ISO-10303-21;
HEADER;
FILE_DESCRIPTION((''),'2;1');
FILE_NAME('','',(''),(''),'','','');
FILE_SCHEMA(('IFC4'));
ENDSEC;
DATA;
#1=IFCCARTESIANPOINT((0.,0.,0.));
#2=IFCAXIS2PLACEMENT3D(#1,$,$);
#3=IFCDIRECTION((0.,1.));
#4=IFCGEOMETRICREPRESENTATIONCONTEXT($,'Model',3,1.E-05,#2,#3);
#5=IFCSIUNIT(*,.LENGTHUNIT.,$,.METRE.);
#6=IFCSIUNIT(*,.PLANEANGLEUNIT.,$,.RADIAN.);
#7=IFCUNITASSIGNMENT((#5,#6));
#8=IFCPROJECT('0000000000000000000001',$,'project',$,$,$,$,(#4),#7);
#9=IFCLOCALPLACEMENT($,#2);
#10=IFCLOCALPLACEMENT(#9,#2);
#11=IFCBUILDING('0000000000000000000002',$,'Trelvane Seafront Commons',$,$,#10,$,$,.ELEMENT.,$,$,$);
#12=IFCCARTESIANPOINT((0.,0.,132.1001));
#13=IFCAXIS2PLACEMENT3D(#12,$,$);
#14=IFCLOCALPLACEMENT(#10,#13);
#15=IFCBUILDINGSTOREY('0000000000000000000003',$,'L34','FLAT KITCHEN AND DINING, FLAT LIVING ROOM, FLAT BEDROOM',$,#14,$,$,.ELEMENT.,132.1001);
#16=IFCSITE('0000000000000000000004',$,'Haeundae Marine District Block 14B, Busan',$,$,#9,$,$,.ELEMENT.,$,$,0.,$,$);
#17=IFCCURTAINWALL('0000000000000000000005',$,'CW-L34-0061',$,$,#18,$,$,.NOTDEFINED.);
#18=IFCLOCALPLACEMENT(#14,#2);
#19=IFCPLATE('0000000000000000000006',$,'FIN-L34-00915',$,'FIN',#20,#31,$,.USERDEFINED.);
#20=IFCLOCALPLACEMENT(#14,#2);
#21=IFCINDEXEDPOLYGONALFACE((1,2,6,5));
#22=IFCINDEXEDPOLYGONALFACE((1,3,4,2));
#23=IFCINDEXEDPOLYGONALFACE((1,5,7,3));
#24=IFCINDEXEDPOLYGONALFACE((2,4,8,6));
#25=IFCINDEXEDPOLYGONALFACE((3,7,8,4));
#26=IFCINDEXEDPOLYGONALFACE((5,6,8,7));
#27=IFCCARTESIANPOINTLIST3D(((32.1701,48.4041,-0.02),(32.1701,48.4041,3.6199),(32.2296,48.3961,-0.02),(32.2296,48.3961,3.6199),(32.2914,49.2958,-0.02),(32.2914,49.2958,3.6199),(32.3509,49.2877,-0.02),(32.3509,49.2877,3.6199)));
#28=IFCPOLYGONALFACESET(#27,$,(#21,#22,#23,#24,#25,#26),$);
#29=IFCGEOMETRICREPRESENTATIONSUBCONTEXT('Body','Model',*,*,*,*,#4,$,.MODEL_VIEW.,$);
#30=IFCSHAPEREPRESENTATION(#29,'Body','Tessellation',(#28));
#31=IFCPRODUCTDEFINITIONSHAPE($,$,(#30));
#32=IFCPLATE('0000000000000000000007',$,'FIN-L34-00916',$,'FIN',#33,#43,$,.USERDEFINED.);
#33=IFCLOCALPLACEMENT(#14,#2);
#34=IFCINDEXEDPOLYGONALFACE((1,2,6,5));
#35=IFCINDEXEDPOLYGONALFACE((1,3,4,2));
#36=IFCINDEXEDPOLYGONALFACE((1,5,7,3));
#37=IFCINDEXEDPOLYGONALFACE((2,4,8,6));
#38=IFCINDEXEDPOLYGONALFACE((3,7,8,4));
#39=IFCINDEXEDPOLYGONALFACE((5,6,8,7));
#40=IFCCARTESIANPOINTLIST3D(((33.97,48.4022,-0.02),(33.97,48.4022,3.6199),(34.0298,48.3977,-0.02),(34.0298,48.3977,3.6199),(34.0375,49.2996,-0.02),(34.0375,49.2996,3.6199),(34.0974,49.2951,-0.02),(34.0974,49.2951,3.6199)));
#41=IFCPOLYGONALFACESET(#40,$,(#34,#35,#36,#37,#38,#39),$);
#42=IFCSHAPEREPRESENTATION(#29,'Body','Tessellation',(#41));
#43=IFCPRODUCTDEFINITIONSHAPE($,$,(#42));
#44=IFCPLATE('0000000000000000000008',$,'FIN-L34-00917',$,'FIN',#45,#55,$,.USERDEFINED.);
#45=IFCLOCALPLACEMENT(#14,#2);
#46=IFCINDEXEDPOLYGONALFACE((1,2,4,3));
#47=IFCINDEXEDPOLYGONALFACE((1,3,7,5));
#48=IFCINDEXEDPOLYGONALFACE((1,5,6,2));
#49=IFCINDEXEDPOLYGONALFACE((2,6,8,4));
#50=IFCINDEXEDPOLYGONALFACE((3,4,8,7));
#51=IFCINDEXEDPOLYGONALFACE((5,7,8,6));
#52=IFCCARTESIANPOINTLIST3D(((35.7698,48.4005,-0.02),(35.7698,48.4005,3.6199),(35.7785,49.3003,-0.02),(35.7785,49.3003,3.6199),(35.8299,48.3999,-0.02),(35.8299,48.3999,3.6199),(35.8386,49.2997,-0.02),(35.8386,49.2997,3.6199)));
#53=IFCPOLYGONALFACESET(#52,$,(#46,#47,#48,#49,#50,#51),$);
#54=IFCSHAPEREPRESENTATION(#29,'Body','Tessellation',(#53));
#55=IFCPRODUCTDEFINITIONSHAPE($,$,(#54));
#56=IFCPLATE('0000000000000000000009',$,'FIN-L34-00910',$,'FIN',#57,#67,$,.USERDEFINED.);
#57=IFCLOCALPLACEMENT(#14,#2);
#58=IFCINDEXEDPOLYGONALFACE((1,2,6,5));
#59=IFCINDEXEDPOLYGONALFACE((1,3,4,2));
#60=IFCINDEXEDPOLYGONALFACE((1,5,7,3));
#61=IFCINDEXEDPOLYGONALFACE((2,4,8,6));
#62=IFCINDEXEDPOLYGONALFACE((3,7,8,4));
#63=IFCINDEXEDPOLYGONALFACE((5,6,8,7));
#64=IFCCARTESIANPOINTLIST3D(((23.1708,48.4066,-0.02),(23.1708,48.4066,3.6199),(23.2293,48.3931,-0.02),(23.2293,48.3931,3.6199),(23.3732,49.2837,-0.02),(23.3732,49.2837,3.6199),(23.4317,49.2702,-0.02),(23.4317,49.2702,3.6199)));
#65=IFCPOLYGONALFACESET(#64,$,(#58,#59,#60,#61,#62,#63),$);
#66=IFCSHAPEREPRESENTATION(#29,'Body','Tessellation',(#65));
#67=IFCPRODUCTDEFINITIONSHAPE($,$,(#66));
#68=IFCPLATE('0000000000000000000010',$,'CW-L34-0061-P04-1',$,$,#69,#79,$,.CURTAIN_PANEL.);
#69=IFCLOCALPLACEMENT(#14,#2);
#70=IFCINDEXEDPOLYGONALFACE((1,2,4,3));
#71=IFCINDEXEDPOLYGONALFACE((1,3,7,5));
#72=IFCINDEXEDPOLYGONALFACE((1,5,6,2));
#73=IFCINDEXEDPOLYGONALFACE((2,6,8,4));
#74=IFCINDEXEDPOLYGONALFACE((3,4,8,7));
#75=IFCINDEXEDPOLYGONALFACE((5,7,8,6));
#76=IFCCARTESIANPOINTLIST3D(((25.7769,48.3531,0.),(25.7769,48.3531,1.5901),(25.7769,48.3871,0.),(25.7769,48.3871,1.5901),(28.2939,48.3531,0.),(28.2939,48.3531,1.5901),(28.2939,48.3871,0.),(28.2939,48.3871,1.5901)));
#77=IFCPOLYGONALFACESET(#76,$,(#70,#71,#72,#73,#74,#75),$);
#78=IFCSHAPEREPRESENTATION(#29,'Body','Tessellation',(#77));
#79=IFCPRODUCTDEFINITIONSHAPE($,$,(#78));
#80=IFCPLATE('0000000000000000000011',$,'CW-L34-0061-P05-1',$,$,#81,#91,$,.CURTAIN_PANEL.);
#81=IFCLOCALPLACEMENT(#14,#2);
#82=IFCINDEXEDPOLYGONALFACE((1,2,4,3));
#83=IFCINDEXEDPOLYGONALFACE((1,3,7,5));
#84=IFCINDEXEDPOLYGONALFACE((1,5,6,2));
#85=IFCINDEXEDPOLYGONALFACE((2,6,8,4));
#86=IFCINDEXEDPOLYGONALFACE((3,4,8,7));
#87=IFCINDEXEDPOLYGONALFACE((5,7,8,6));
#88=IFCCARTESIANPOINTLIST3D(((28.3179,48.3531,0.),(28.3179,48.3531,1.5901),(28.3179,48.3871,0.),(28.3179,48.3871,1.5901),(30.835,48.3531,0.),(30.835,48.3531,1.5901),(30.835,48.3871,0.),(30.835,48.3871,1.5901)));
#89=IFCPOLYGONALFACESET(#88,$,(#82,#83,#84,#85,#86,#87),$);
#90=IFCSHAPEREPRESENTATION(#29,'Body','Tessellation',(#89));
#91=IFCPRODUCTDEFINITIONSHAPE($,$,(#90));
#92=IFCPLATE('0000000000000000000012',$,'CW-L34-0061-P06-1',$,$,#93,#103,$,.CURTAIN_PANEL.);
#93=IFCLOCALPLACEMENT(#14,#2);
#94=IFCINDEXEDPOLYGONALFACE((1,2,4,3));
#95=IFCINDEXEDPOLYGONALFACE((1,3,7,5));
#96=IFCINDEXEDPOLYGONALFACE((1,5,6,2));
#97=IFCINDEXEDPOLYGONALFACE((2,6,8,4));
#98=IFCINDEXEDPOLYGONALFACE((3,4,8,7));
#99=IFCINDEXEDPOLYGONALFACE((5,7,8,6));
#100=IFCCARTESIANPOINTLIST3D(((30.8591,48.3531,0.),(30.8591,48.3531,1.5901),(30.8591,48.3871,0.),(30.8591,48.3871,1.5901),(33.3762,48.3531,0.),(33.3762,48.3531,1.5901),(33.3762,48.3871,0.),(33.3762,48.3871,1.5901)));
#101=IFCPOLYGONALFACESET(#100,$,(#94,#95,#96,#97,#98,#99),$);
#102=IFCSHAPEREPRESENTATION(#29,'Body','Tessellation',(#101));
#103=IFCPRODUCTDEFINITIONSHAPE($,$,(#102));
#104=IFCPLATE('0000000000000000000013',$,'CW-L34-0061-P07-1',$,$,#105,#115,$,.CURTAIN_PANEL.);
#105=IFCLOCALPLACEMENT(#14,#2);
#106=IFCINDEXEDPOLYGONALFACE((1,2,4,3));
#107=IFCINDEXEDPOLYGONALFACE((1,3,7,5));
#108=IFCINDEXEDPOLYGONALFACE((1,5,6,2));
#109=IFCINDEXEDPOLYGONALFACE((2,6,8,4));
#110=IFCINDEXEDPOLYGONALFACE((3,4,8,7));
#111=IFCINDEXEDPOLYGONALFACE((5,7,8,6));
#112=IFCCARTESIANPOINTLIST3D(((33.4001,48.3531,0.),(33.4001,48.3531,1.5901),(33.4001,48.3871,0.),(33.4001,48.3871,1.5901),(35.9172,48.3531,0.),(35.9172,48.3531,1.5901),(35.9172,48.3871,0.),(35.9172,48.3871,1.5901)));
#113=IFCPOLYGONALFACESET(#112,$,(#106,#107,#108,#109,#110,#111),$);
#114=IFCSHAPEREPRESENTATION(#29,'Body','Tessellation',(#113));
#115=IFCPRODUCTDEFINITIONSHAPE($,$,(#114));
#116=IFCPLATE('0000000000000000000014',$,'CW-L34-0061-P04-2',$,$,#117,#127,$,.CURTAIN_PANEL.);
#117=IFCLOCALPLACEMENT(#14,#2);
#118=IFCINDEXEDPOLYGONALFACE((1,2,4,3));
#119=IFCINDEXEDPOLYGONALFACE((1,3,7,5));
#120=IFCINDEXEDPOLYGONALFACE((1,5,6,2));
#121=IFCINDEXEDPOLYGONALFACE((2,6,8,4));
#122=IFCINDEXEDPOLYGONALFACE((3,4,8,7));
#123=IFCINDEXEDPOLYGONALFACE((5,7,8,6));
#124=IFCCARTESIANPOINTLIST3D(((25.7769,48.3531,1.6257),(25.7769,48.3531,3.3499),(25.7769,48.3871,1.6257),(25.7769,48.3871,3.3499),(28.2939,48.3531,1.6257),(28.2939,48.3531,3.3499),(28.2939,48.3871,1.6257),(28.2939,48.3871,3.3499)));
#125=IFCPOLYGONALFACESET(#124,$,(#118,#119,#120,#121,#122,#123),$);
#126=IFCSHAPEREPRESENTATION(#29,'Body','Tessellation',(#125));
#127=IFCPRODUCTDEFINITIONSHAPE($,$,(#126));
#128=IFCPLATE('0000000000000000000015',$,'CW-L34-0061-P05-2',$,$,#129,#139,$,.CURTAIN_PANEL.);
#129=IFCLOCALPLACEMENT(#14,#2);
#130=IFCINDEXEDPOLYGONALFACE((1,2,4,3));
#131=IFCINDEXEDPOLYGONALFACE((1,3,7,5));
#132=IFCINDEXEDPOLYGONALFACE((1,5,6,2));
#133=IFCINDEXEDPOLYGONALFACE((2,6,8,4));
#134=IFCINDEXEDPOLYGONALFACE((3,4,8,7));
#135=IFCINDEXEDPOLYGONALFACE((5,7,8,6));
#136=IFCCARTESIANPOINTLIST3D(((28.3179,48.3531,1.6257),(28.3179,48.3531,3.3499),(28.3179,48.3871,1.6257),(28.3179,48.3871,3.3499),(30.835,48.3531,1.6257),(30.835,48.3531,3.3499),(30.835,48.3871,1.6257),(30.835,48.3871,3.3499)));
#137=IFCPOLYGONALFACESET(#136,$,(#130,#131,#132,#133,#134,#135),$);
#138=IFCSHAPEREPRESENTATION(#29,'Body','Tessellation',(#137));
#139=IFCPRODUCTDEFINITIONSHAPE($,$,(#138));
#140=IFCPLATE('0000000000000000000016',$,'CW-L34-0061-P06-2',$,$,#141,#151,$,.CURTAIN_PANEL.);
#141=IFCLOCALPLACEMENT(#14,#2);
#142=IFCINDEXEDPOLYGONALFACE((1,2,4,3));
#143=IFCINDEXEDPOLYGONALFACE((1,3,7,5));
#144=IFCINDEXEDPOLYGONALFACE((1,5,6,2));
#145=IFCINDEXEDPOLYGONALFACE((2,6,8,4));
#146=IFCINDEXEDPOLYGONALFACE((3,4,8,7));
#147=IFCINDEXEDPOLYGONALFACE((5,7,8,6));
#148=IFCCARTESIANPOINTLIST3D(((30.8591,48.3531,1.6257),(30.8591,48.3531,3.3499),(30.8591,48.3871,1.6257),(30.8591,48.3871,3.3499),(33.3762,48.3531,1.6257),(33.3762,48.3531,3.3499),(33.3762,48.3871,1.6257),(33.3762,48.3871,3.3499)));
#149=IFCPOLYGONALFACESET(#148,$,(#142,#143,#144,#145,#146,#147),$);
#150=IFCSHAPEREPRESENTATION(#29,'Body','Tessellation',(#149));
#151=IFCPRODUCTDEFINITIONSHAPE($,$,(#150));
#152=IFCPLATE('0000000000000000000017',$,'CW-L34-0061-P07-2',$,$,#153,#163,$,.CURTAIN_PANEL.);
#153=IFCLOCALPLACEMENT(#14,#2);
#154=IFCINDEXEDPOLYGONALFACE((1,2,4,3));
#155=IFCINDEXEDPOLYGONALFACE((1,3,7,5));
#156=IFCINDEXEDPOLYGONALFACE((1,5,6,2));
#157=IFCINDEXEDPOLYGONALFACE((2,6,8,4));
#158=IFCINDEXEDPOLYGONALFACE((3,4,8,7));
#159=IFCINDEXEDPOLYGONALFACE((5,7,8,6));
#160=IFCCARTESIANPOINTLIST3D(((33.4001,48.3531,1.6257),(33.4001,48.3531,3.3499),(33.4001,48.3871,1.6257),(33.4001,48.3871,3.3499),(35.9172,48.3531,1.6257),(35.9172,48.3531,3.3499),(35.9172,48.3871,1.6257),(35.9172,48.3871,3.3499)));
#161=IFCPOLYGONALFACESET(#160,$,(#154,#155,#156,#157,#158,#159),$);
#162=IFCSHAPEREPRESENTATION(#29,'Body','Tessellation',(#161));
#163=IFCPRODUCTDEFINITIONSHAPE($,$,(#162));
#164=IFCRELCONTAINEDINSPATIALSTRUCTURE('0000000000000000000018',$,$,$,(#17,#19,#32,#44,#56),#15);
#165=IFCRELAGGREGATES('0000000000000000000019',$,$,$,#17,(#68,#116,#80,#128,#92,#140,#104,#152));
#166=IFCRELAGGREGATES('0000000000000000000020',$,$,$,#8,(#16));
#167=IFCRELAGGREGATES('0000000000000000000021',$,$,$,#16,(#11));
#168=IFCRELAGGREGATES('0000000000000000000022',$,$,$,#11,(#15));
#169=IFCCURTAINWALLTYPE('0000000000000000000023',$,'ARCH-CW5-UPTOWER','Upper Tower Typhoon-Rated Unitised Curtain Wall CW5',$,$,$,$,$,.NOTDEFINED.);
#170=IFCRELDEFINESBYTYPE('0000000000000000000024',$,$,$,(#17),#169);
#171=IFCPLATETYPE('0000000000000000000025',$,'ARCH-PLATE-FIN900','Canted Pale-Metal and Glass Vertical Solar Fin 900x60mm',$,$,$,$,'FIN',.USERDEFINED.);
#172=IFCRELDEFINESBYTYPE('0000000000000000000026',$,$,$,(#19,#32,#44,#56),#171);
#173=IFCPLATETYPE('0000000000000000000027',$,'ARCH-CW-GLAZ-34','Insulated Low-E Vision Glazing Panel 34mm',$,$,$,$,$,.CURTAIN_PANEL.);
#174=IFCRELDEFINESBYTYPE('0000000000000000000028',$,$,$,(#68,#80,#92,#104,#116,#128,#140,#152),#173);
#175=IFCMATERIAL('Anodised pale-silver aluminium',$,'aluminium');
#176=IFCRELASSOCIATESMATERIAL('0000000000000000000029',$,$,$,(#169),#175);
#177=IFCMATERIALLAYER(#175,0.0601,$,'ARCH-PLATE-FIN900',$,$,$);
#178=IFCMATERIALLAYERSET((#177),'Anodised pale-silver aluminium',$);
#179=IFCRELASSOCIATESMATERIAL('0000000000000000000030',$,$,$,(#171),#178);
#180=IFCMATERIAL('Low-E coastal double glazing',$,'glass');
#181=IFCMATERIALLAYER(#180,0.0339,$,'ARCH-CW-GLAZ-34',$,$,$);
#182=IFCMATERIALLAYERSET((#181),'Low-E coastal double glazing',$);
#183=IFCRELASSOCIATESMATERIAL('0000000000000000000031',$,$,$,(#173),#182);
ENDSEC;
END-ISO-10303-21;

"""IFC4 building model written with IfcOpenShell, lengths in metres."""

from ifc_helpers import new_model, si_unit, direction, frame, origin, origin_2d, place, context, subcontext, project, spatial, rectangle, extrude, source, transform, mapped, material, layer, layer_set, type_object, element, aggregate, save


model = new_model("IFC4")

# Units and contexts
model_context = context("Model", 3, precision=1e-05, world=origin(), true_north=direction((0.0, 1.0)))
body_context = subcontext(model_context, "Body", "Model", "MODEL_VIEW")
ifc_project = project(units=[si_unit("LENGTHUNIT", "METRE"), si_unit("PLANEANGLEUNIT", "RADIAN")], contexts=[model_context])

# Site, building, storey
site_placement = place(None, origin())
site = spatial("IfcSite", under=ifc_project, at=site_placement, Name="Haeundae Marine District Block 14B, Busan", CompositionType="ELEMENT", RefElevation=0.0)
building_placement = place(site_placement, origin())
building = spatial("IfcBuilding", under=site, at=building_placement, Name="Trelvane Seafront Commons", CompositionType="ELEMENT")
storey_placement = place(building_placement, frame((0.0, 0.0, 132.1001)))
storey = spatial("IfcBuildingStorey", under=building, at=storey_placement, Name="L34", Description="FLAT KITCHEN AND DINING, FLAT LIVING ROOM, FLAT BEDROOM", CompositionType="ELEMENT", Elevation=132.1001)

# Curtain wall
ifc_material_1 = material(Name="Anodised pale-silver aluminium", Category="aluminium")
curtain_wall_type = type_object("IfcCurtainWallType", Name="ARCH-CW5-UPTOWER", Description="Upper Tower Typhoon-Rated Unitised Curtain Wall CW5", PredefinedType="NOTDEFINED", material=ifc_material_1)
curtain_wall_placement = place(storey_placement, origin())
curtain_wall = element("IfcCurtainWall", 1, at=curtain_wall_placement, inside=storey, type_object=curtain_wall_type, Name="CW-L34-0061", PredefinedType="NOTDEFINED")

# Plates
ifc_layer_1 = layer(ifc_material_1, 0.0601, Name="ARCH-PLATE-FIN900")
ifc_layer_set_1 = layer_set([ifc_layer_1], Name="Anodised pale-silver aluminium")
plate_type_1 = type_object("IfcPlateType", Name="ARCH-PLATE-FIN900", Description="Canted Pale-Metal and Glass Vertical Solar Fin 900x60mm", ElementType="FIN", PredefinedType="USERDEFINED", material=ifc_layer_set_1)
shared_shape_1 = source(origin(), body_context, "Body", "SweptSolid", [
    extrude(rectangle(XDim=0.8999, YDim=0.0601, at=origin_2d()), origin(), (0.0, 0.0, 1.0), 3.6399),
])
for number, where, z_axis, x_axis, name in (
    (2, (32.2605, 48.8459, -0.02), (0.0, 0.0, 1.0), (0.134777, 0.990876, 0.0), "FIN-L34-00915"),
    (3, (34.0337, 48.8486, -0.02), (0.0, 0.0, 1.0), (0.075108, 0.997175, 0.0), "FIN-L34-00916"),
    (4, (35.8042, 48.8501, -0.02), (0.0, 0.0, 1.0), (0.009665, 0.999953, 0.0), "FIN-L34-00917"),
):
    element("IfcPlate", number, at=place(storey_placement, frame(where, z_axis=z_axis, x_axis=x_axis)), inside=storey, type_object=plate_type_1, Name=name, ObjectType="FIN", PredefinedType="USERDEFINED", context=body_context, shape_type="MappedRepresentation", body=[
        mapped(shared_shape_1, transform((0.0, 0.0, 0.0), x_axis=(1.0, 0.0, 0.0), y_axis=(0.0, 1.0, 0.0), z_axis=(0.0, 0.0, 1.0), scale=1.0)),
    ])
shared_shape_2 = source(origin(), body_context, "Body", "SweptSolid", [
    extrude(rectangle(XDim=0.9001, YDim=0.0601, at=origin_2d()), origin(), (0.0, 0.0, 1.0), 3.6399),
])
plate_1_placement = place(storey_placement, frame((23.3013, 48.8384, -0.02), z_axis=(0.0, 0.0, 1.0), x_axis=(0.224876, 0.974387, 0.0)))
element("IfcPlate", 5, at=plate_1_placement, inside=storey, type_object=plate_type_1, Name="FIN-L34-00910", ObjectType="FIN", PredefinedType="USERDEFINED", context=body_context, shape_type="MappedRepresentation", body=[
    mapped(shared_shape_2, transform((0.0, 0.0, 0.0), x_axis=(1.0, 0.0, 0.0), y_axis=(0.0, 1.0, 0.0), z_axis=(0.0, 0.0, 1.0), scale=1.0)),
])

# Plates
ifc_material_2 = material(Name="Low-E coastal double glazing", Category="glass")
ifc_layer_2 = layer(ifc_material_2, 0.0339, Name="ARCH-CW-GLAZ-34")
ifc_layer_set_2 = layer_set([ifc_layer_2], Name="Low-E coastal double glazing")
plate_type_2 = type_object("IfcPlateType", Name="ARCH-CW-GLAZ-34", Description="Insulated Low-E Vision Glazing Panel 34mm", PredefinedType="CURTAIN_PANEL", material=ifc_layer_set_2)
shared_shape_3 = source(origin(), body_context, "Body", "SweptSolid", [
    extrude(rectangle(XDim=2.5171, YDim=0.0339, at=origin_2d()), origin(), (0.0, 0.0, 1.0), 1.5901),
])
plate_2_placement = place(storey_placement, frame((27.0354, 48.3701, 0.0), z_axis=(0.0, 0.0, 1.0), x_axis=(1.0, 0.0, 0.0)))
plate_2 = element("IfcPlate", 6, at=plate_2_placement, type_object=plate_type_2, Name="CW-L34-0061-P04-1", PredefinedType="CURTAIN_PANEL", context=body_context, shape_type="MappedRepresentation", body=[
    mapped(shared_shape_3, transform((0.0, 0.0, 0.0), x_axis=(1.0, 0.0, 0.0), y_axis=(0.0, 1.0, 0.0), z_axis=(0.0, 0.0, 1.0), scale=1.0)),
])
plate_3_placement = place(storey_placement, frame((29.5764, 48.3701, 0.0), z_axis=(0.0, 0.0, 1.0), x_axis=(1.0, 0.0, 0.0)))
plate_3 = element("IfcPlate", 7, at=plate_3_placement, type_object=plate_type_2, Name="CW-L34-0061-P05-1", PredefinedType="CURTAIN_PANEL", context=body_context, shape_type="MappedRepresentation", body=[
    mapped(shared_shape_3, transform((0.0, 0.0, 0.0), x_axis=(1.0, 0.0, 0.0), y_axis=(0.0, 1.0, 0.0), z_axis=(0.0, 0.0, 1.0), scale=1.0)),
])
plate_4_placement = place(storey_placement, frame((32.1177, 48.3701, 0.0), z_axis=(0.0, 0.0, 1.0), x_axis=(1.0, 0.0, 0.0)))
plate_4 = element("IfcPlate", 8, at=plate_4_placement, type_object=plate_type_2, Name="CW-L34-0061-P06-1", PredefinedType="CURTAIN_PANEL", context=body_context, shape_type="MappedRepresentation", body=[
    mapped(shared_shape_3, transform((0.0, 0.0, 0.0), x_axis=(1.0, 0.0, 0.0), y_axis=(0.0, 1.0, 0.0), z_axis=(0.0, 0.0, 1.0), scale=1.0)),
])
plate_5_placement = place(storey_placement, frame((34.6587, 48.3701, 0.0), z_axis=(0.0, 0.0, 1.0), x_axis=(1.0, 0.0, 0.0)))
plate_5 = element("IfcPlate", 9, at=plate_5_placement, type_object=plate_type_2, Name="CW-L34-0061-P07-1", PredefinedType="CURTAIN_PANEL", context=body_context, shape_type="MappedRepresentation", body=[
    mapped(shared_shape_3, transform((0.0, 0.0, 0.0), x_axis=(1.0, 0.0, 0.0), y_axis=(0.0, 1.0, 0.0), z_axis=(0.0, 0.0, 1.0), scale=1.0)),
])
shared_shape_4 = source(origin(), body_context, "Body", "SweptSolid", [
    extrude(rectangle(XDim=2.5171, YDim=0.0339, at=origin_2d()), origin(), (0.0, 0.0, 1.0), 1.7241),
])
plate_6_placement = place(storey_placement, frame((27.0354, 48.3701, 1.6257), z_axis=(0.0, 0.0, 1.0), x_axis=(1.0, 0.0, 0.0)))
plate_6 = element("IfcPlate", 10, at=plate_6_placement, type_object=plate_type_2, Name="CW-L34-0061-P04-2", PredefinedType="CURTAIN_PANEL", context=body_context, shape_type="MappedRepresentation", body=[
    mapped(shared_shape_4, transform((0.0, 0.0, 0.0), x_axis=(1.0, 0.0, 0.0), y_axis=(0.0, 1.0, 0.0), z_axis=(0.0, 0.0, 1.0), scale=1.0)),
])
plate_7_placement = place(storey_placement, frame((29.5764, 48.3701, 1.6257), z_axis=(0.0, 0.0, 1.0), x_axis=(1.0, 0.0, 0.0)))
plate_7 = element("IfcPlate", 11, at=plate_7_placement, type_object=plate_type_2, Name="CW-L34-0061-P05-2", PredefinedType="CURTAIN_PANEL", context=body_context, shape_type="MappedRepresentation", body=[
    mapped(shared_shape_4, transform((0.0, 0.0, 0.0), x_axis=(1.0, 0.0, 0.0), y_axis=(0.0, 1.0, 0.0), z_axis=(0.0, 0.0, 1.0), scale=1.0)),
])
plate_8_placement = place(storey_placement, frame((32.1177, 48.3701, 1.6257), z_axis=(0.0, 0.0, 1.0), x_axis=(1.0, 0.0, 0.0)))
plate_8 = element("IfcPlate", 12, at=plate_8_placement, type_object=plate_type_2, Name="CW-L34-0061-P06-2", PredefinedType="CURTAIN_PANEL", context=body_context, shape_type="MappedRepresentation", body=[
    mapped(shared_shape_4, transform((0.0, 0.0, 0.0), x_axis=(1.0, 0.0, 0.0), y_axis=(0.0, 1.0, 0.0), z_axis=(0.0, 0.0, 1.0), scale=1.0)),
])
plate_9_placement = place(storey_placement, frame((34.6587, 48.3701, 1.6257), z_axis=(0.0, 0.0, 1.0), x_axis=(1.0, 0.0, 0.0)))
plate_9 = element("IfcPlate", 13, at=plate_9_placement, type_object=plate_type_2, Name="CW-L34-0061-P07-2", PredefinedType="CURTAIN_PANEL", context=body_context, shape_type="MappedRepresentation", body=[
    mapped(shared_shape_4, transform((0.0, 0.0, 0.0), x_axis=(1.0, 0.0, 0.0), y_axis=(0.0, 1.0, 0.0), z_axis=(0.0, 0.0, 1.0), scale=1.0)),
])
aggregate(curtain_wall, [plate_2, plate_6, plate_3, plate_7, plate_4, plate_8, plate_5, plate_9])

save(model, "model.ifc")
